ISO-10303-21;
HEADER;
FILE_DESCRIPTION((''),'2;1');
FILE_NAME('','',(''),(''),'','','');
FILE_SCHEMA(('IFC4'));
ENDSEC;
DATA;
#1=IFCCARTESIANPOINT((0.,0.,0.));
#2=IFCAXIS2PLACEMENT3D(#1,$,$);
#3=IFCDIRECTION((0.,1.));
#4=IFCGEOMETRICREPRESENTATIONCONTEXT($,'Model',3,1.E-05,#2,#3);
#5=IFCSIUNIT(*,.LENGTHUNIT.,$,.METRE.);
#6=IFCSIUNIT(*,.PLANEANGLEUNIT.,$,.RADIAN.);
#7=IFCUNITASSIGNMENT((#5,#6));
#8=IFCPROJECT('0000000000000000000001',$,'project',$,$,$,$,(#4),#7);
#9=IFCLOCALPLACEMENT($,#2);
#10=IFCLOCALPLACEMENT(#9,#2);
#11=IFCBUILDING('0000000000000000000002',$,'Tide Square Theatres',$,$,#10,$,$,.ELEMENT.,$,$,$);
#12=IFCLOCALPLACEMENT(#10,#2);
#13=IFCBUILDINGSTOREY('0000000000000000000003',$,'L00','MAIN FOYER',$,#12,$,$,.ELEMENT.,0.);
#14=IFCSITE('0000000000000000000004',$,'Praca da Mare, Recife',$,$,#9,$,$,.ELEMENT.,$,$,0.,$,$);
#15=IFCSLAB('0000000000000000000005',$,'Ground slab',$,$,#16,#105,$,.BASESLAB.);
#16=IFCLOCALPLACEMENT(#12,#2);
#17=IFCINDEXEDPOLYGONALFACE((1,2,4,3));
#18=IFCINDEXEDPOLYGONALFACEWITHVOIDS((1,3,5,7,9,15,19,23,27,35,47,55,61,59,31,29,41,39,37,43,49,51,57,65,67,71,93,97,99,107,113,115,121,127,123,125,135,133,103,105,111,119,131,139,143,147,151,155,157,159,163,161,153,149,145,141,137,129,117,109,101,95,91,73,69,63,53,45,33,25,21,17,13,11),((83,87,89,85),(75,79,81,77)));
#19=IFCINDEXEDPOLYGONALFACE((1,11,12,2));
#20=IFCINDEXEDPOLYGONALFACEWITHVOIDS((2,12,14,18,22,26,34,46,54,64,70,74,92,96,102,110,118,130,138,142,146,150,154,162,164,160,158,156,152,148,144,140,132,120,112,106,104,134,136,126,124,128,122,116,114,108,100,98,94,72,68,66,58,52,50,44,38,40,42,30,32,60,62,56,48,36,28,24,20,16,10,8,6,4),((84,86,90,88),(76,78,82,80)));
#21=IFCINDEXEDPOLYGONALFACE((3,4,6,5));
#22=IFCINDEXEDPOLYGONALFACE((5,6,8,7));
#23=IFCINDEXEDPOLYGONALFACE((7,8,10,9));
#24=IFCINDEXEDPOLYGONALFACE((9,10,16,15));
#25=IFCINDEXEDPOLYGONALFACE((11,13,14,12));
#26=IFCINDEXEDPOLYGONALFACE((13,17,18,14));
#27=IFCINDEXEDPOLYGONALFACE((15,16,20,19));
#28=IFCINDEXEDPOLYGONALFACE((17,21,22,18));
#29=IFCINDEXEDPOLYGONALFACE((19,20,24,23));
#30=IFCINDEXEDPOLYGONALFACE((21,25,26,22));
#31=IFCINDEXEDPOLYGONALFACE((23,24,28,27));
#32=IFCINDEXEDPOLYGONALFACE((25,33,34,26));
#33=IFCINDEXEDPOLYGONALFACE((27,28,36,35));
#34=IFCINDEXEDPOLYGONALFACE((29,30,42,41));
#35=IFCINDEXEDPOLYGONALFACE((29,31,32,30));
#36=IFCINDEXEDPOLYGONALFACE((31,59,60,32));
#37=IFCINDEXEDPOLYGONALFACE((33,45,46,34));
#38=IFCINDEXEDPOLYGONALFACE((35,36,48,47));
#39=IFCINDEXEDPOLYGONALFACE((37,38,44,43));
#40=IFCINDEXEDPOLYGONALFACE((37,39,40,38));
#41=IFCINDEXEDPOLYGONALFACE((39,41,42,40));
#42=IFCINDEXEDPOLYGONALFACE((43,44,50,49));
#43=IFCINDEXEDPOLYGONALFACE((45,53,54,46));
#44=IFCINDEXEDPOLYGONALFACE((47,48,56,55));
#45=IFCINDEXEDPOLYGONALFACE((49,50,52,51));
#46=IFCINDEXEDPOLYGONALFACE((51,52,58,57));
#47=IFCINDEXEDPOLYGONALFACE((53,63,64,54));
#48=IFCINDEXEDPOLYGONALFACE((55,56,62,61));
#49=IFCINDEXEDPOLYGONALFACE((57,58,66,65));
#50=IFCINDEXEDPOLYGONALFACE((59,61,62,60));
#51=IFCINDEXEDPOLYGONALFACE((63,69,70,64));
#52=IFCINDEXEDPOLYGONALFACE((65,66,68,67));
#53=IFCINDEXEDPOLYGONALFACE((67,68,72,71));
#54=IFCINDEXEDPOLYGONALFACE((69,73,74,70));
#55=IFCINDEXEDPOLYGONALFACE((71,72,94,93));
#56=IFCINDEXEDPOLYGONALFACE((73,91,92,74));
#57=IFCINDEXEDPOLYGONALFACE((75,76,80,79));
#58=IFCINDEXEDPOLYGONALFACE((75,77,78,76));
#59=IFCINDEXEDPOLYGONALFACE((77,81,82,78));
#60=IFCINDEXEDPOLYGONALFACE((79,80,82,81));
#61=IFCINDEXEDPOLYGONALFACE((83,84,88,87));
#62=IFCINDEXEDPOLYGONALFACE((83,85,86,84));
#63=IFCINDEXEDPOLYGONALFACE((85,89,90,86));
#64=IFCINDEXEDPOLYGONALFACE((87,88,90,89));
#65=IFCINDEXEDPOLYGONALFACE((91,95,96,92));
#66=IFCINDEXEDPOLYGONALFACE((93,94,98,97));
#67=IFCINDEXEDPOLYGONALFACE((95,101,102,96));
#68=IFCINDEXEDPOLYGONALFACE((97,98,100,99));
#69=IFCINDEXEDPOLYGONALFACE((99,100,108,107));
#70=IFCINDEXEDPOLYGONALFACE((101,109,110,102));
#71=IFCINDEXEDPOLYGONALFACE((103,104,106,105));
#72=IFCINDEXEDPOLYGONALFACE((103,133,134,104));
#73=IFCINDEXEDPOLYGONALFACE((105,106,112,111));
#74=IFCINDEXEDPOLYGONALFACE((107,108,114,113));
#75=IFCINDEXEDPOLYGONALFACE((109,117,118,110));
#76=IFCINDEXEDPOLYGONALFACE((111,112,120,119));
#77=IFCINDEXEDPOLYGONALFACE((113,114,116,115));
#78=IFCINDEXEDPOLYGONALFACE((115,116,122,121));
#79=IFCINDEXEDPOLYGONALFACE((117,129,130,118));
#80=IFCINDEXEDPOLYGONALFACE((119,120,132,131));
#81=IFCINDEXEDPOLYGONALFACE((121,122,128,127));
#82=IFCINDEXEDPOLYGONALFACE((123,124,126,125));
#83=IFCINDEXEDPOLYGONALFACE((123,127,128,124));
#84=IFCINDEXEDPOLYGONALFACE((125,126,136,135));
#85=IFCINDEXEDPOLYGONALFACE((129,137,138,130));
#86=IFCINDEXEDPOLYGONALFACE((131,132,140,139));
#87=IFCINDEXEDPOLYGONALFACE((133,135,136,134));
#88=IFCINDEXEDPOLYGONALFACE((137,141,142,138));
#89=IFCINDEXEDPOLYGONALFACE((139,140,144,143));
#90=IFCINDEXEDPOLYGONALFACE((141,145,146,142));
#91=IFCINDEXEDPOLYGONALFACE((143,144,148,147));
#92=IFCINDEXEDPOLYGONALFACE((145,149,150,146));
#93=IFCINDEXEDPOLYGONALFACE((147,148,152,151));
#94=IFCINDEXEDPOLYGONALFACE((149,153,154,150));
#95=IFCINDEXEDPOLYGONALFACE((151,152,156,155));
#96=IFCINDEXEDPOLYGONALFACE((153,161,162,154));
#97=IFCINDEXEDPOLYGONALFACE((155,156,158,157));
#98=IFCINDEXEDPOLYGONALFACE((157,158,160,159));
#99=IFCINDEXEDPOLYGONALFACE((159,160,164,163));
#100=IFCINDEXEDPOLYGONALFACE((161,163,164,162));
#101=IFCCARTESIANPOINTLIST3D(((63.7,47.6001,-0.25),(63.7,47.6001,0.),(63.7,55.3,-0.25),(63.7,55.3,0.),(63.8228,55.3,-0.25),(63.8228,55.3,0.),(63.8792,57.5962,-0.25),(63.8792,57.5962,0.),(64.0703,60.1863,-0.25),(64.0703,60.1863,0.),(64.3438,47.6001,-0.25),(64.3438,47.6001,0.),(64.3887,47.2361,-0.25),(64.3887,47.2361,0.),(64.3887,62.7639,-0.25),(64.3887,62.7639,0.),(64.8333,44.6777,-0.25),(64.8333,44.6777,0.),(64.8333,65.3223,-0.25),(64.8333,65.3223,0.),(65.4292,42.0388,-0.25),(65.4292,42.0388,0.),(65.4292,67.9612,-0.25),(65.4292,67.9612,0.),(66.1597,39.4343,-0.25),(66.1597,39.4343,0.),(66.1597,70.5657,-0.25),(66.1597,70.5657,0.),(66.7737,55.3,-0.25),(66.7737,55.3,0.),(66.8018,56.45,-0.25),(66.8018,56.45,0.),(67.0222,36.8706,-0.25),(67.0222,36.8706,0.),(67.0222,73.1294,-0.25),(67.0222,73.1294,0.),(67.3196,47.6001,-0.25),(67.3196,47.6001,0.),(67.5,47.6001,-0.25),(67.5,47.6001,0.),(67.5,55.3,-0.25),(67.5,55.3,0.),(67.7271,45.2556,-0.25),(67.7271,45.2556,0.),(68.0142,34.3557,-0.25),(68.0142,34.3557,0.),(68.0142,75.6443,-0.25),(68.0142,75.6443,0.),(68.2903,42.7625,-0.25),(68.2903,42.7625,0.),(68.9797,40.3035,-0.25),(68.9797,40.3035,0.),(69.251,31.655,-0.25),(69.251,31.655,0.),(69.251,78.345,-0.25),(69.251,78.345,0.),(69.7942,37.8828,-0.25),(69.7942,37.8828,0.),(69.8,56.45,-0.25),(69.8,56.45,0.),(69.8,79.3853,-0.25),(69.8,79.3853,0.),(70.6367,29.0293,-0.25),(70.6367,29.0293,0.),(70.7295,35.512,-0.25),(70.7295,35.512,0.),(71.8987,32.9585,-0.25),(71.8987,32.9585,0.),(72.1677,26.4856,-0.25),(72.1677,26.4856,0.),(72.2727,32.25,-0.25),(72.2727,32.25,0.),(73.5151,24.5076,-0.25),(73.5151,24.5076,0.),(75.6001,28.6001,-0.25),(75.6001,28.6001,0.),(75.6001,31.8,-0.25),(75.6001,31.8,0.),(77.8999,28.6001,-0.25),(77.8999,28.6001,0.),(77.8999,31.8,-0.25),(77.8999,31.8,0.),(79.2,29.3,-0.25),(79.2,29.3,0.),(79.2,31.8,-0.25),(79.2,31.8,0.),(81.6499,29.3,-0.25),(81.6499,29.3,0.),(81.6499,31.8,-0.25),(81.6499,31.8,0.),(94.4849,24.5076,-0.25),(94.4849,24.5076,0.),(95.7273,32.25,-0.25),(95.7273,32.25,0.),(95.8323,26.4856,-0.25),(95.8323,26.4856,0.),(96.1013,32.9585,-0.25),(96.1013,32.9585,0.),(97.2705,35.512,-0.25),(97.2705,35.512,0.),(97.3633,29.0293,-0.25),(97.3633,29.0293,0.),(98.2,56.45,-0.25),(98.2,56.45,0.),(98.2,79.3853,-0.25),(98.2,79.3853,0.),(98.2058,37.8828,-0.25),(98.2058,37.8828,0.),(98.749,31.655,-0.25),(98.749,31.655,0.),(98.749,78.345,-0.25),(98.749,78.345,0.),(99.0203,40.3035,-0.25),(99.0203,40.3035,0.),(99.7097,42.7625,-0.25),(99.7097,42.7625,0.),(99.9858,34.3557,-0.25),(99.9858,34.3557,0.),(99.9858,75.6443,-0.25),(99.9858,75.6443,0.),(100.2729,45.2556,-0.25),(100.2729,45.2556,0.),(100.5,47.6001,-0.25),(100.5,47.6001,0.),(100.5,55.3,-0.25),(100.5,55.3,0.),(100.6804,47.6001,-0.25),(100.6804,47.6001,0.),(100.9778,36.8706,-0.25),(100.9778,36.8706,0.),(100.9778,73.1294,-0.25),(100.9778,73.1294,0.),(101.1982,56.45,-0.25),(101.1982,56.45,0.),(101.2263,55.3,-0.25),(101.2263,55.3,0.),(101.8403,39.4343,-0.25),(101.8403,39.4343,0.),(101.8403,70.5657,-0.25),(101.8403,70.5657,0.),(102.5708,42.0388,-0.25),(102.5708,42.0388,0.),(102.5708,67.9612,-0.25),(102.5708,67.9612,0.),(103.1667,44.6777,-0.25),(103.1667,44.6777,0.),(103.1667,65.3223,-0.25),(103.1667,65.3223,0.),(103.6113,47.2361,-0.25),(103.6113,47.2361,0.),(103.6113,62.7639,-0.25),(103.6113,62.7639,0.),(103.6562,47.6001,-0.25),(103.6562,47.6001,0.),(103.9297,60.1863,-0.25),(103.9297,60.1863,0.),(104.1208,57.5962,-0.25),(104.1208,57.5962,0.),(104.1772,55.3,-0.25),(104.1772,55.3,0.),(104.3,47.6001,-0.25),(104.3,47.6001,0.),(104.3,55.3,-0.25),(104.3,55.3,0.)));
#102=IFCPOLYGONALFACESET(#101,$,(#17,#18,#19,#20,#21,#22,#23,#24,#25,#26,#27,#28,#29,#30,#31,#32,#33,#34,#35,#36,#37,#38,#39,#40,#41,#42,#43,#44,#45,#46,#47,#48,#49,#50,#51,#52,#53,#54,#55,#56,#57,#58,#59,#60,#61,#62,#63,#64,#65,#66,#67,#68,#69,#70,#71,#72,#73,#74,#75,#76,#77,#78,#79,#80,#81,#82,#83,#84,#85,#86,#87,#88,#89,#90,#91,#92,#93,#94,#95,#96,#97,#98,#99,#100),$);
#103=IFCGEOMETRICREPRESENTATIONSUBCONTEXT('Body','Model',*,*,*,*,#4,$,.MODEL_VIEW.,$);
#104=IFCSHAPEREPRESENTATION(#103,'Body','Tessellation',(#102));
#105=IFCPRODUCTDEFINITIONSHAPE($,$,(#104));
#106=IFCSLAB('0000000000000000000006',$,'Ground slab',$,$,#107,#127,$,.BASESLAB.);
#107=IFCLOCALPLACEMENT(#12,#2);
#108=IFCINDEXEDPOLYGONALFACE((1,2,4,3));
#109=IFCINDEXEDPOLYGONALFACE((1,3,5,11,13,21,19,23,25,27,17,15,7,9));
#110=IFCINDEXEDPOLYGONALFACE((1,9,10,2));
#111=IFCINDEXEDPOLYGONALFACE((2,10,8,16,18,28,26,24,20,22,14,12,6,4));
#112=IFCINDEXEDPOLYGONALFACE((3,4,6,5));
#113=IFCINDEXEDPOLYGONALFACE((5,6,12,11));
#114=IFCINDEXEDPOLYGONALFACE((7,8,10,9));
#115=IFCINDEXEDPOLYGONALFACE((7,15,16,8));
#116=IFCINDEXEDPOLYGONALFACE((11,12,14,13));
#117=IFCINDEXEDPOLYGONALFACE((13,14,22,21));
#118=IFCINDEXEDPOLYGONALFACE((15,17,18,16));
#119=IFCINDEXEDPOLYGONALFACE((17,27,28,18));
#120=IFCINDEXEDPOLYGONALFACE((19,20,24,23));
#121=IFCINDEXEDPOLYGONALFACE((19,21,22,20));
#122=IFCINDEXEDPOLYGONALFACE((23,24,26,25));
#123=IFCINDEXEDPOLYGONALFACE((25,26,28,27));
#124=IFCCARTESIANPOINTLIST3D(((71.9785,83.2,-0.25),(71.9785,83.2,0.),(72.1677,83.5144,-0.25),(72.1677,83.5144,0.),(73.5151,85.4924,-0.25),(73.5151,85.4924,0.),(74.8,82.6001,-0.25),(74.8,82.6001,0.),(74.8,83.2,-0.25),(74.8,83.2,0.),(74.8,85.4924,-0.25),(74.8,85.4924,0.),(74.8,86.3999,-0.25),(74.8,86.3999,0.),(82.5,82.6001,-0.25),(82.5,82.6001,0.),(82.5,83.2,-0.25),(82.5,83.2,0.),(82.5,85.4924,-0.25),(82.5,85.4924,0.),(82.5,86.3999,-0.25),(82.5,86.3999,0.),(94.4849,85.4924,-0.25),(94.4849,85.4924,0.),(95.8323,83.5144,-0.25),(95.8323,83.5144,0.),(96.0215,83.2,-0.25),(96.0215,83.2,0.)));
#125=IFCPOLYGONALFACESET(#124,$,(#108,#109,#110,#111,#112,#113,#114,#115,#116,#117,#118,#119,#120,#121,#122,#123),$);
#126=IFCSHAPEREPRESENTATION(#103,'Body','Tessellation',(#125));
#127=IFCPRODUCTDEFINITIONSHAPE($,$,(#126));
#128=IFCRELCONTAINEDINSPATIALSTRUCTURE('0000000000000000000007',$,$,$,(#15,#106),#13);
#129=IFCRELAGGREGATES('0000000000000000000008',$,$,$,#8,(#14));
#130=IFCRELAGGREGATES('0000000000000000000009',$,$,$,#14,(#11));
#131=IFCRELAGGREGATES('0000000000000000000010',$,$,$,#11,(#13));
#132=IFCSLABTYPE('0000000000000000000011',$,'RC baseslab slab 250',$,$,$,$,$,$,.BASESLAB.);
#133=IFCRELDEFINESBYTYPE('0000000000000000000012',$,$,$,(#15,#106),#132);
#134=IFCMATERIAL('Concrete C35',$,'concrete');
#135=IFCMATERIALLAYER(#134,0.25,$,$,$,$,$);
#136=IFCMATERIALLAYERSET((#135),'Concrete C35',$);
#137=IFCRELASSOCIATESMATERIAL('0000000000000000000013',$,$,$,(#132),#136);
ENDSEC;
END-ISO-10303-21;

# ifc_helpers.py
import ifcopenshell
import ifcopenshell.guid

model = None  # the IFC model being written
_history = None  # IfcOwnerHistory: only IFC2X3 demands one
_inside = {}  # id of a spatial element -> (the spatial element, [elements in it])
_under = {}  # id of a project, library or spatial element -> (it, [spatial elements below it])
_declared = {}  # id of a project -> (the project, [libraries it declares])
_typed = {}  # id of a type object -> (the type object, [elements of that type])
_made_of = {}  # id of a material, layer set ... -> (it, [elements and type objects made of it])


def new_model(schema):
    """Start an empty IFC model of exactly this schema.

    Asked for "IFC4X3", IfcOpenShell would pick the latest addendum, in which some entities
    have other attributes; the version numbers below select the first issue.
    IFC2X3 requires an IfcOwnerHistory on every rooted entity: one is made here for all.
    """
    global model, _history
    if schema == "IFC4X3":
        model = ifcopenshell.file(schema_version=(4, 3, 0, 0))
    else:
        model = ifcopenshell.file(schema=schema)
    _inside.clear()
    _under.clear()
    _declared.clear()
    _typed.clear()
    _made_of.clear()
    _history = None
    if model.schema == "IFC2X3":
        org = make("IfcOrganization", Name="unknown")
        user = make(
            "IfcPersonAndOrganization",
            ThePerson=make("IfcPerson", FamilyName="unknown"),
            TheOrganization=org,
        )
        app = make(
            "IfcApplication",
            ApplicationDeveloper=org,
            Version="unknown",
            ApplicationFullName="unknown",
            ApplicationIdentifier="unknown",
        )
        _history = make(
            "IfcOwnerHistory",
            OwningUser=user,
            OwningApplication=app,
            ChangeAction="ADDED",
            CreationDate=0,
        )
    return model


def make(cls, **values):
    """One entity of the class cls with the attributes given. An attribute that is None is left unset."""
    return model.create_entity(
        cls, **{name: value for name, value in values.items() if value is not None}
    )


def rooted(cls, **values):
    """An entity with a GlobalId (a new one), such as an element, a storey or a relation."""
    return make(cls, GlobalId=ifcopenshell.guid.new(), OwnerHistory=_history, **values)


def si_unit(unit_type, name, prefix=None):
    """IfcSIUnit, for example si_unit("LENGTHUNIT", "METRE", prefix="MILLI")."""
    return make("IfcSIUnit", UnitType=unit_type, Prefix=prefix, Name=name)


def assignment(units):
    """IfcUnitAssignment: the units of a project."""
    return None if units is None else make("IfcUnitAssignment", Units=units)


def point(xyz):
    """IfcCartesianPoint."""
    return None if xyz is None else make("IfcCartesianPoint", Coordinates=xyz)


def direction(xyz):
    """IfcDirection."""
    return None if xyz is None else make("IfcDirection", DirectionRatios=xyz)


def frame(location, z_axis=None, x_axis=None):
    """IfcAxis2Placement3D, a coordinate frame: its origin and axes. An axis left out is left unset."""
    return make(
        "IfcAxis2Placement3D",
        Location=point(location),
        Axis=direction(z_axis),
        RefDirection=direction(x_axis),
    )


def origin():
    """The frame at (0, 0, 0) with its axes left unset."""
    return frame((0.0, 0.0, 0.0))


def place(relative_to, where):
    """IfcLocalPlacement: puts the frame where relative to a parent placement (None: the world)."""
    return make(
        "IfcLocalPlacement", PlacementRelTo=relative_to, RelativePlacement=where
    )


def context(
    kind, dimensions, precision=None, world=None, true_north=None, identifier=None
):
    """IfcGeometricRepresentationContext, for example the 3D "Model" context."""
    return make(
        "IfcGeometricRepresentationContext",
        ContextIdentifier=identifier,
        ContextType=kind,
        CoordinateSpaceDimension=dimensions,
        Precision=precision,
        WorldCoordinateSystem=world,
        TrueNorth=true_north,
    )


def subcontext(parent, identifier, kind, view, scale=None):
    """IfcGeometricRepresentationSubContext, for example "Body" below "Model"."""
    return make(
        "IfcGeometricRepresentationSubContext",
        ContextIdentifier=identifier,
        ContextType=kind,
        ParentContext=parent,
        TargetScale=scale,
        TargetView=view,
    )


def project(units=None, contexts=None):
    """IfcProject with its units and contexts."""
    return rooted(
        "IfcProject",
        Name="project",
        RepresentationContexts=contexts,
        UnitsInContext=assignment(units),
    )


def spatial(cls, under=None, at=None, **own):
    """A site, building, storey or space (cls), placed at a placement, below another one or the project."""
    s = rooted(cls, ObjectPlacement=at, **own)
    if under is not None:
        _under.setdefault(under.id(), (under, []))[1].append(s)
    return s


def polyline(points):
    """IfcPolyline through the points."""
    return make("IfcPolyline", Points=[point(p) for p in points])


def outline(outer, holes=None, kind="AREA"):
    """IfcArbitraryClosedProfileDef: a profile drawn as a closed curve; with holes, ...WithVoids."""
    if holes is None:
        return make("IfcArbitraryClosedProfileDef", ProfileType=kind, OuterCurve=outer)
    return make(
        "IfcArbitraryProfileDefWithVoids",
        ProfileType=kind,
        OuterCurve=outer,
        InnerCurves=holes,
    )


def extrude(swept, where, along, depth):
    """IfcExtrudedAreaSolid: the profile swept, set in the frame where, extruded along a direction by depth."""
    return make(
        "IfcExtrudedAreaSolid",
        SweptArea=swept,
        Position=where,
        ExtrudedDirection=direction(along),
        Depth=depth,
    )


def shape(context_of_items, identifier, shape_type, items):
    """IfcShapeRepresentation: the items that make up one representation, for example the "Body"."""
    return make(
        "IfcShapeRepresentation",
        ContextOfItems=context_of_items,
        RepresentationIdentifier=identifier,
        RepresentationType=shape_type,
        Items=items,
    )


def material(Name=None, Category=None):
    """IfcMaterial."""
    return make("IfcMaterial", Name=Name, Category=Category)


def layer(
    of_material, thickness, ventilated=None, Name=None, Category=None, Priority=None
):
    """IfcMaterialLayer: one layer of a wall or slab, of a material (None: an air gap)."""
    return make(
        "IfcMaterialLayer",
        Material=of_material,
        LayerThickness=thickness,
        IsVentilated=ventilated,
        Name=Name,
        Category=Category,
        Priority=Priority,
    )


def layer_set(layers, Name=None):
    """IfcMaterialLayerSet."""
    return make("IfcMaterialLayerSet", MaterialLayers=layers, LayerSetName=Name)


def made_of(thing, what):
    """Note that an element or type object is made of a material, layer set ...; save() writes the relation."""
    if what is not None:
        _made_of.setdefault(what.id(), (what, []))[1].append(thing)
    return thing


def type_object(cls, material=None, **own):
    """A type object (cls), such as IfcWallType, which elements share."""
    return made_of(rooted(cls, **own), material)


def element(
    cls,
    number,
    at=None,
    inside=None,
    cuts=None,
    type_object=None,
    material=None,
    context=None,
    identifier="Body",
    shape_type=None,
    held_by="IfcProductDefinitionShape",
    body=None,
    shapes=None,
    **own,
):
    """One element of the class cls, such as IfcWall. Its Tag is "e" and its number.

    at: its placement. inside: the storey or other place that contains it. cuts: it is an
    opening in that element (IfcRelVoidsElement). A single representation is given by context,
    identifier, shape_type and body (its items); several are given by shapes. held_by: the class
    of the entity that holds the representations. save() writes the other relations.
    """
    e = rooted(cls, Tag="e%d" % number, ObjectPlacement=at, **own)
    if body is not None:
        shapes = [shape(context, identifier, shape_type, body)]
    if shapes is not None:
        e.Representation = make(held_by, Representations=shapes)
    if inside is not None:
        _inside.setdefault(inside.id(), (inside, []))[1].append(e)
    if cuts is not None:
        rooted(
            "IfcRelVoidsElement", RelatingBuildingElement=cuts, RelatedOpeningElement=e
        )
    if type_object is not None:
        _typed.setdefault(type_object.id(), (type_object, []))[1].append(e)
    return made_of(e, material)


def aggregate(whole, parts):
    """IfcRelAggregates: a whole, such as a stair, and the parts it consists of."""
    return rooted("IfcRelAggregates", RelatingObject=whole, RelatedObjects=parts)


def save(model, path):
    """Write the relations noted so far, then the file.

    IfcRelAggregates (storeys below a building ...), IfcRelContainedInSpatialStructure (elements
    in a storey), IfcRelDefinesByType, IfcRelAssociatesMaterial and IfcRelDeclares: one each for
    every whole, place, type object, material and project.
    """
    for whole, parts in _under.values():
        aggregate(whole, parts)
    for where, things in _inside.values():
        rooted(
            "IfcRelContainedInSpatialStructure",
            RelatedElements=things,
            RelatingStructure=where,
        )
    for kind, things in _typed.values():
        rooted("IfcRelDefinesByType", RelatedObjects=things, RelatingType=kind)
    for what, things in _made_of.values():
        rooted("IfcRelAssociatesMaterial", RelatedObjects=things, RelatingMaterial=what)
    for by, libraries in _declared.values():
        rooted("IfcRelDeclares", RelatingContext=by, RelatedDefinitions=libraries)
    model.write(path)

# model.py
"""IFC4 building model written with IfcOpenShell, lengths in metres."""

from ifc_helpers import new_model, si_unit, direction, frame, origin, place, context, subcontext, project, spatial, polyline, outline, extrude, material, layer, layer_set, type_object, element, save


model = new_model("IFC4")

# Units and contexts
model_context = context("Model", 3, precision=1e-05, world=origin(), true_north=direction((0.0, 1.0)))
body_context = subcontext(model_context, "Body", "Model", "MODEL_VIEW")
ifc_project = project(units=[si_unit("LENGTHUNIT", "METRE"), si_unit("PLANEANGLEUNIT", "RADIAN")], contexts=[model_context])

# Site, building, storey
site_placement = place(None, origin())
site = spatial("IfcSite", under=ifc_project, at=site_placement, Name="Praca da Mare, Recife", CompositionType="ELEMENT", RefElevation=0.0)
building_placement = place(site_placement, origin())
building = spatial("IfcBuilding", under=site, at=building_placement, Name="Tide Square Theatres", CompositionType="ELEMENT")
storey_placement = place(building_placement, origin())
storey = spatial("IfcBuildingStorey", under=building, at=storey_placement, Name="L00", Description="MAIN FOYER", CompositionType="ELEMENT", Elevation=0.0)

# Slabs
ifc_material_1 = material(Name="Concrete C35", Category="concrete")
ifc_layer_1 = layer(ifc_material_1, 0.25)
ifc_layer_set_1 = layer_set([ifc_layer_1], Name="Concrete C35")
slab_type_1 = type_object("IfcSlabType", Name="RC baseslab slab 250", PredefinedType="BASESLAB", material=ifc_layer_set_1)
slab_1_placement = place(storey_placement, frame((0.0, 0.0, -0.25)))
element("IfcSlab", 1, at=slab_1_placement, inside=storey, type_object=slab_type_1, Name="Ground slab", PredefinedType="BASESLAB", context=body_context, shape_type="SweptSolid", body=[
    extrude(outline(polyline([(69.8, 56.45), (69.8, 79.3853), (69.251, 78.345), (68.0142, 75.6443), (67.0222, 73.1294), (66.1597, 70.5657), (65.4292, 67.9612), (64.8333, 65.3223), (64.3887, 62.7639), (64.0703, 60.1863), (63.8792, 57.5962), (63.8228, 55.3), (63.7, 55.3), (63.7, 47.6001), (64.3438, 47.6001), (64.3887, 47.2361), (64.8333, 44.6777), (65.4292, 42.0388), (66.1597, 39.4343), (67.0222, 36.8706), (68.0142, 34.3557), (69.251, 31.655), (70.6367, 29.0293), (72.1677, 26.4856), (73.5151, 24.5076), (94.4849, 24.5076), (95.8323, 26.4856), (97.3633, 29.0293), (98.749, 31.655), (99.9858, 34.3557), (100.9778, 36.8706), (101.8403, 39.4343), (102.5708, 42.0388), (103.1667, 44.6777), (103.6113, 47.2361), (103.6562, 47.6001), (104.3, 47.6001), (104.3, 55.3), (104.1772, 55.3), (104.1208, 57.5962), (103.9297, 60.1863), (103.6113, 62.7639), (103.1667, 65.3223), (102.5708, 67.9612), (101.8403, 70.5657), (100.9778, 73.1294), (99.9858, 75.6443), (98.749, 78.345), (98.2, 79.3853), (98.2, 56.45), (101.1982, 56.45), (101.2263, 55.3), (100.5, 55.3), (100.5, 47.6001), (100.6804, 47.6001), (100.2729, 45.2556), (99.7097, 42.7625), (99.0203, 40.3035), (98.2058, 37.8828), (97.2705, 35.512), (96.1013, 32.9585), (95.7273, 32.25), (72.2727, 32.25), (71.8987, 32.9585), (70.7295, 35.512), (69.7942, 37.8828), (68.9797, 40.3035), (68.2903, 42.7625), (67.7271, 45.2556), (67.3196, 47.6001), (67.5, 47.6001), (67.5, 55.3), (66.7737, 55.3), (66.8018, 56.45), (69.8, 56.45)]), holes=[polyline([(75.6001, 28.6001), (77.8999, 28.6001), (77.8999, 31.8), (75.6001, 31.8), (75.6001, 28.6001)]), polyline([(79.2, 31.8), (79.2, 29.3), (81.6499, 29.3), (81.6499, 31.8), (79.2, 31.8)])]), origin(), (0.0, 0.0, 1.0), 0.25),
])
slab_2_placement = place(storey_placement, frame((0.0, 0.0, -0.25)))
element("IfcSlab", 2, at=slab_2_placement, inside=storey, type_object=slab_type_1, Name="Ground slab", PredefinedType="BASESLAB", context=body_context, shape_type="SweptSolid", body=[
    extrude(outline(polyline([(96.0215, 83.2), (95.8323, 83.5144), (94.4849, 85.4924), (82.5, 85.4924), (82.5, 86.3999), (74.8, 86.3999), (74.8, 85.4924), (73.5151, 85.4924), (72.1677, 83.5144), (71.9785, 83.2), (74.8, 83.2), (74.8, 82.6001), (82.5, 82.6001), (82.5, 83.2), (96.0215, 83.2)])), origin(), (0.0, 0.0, 1.0), 0.25),
])

save(model, "model.ifc")
